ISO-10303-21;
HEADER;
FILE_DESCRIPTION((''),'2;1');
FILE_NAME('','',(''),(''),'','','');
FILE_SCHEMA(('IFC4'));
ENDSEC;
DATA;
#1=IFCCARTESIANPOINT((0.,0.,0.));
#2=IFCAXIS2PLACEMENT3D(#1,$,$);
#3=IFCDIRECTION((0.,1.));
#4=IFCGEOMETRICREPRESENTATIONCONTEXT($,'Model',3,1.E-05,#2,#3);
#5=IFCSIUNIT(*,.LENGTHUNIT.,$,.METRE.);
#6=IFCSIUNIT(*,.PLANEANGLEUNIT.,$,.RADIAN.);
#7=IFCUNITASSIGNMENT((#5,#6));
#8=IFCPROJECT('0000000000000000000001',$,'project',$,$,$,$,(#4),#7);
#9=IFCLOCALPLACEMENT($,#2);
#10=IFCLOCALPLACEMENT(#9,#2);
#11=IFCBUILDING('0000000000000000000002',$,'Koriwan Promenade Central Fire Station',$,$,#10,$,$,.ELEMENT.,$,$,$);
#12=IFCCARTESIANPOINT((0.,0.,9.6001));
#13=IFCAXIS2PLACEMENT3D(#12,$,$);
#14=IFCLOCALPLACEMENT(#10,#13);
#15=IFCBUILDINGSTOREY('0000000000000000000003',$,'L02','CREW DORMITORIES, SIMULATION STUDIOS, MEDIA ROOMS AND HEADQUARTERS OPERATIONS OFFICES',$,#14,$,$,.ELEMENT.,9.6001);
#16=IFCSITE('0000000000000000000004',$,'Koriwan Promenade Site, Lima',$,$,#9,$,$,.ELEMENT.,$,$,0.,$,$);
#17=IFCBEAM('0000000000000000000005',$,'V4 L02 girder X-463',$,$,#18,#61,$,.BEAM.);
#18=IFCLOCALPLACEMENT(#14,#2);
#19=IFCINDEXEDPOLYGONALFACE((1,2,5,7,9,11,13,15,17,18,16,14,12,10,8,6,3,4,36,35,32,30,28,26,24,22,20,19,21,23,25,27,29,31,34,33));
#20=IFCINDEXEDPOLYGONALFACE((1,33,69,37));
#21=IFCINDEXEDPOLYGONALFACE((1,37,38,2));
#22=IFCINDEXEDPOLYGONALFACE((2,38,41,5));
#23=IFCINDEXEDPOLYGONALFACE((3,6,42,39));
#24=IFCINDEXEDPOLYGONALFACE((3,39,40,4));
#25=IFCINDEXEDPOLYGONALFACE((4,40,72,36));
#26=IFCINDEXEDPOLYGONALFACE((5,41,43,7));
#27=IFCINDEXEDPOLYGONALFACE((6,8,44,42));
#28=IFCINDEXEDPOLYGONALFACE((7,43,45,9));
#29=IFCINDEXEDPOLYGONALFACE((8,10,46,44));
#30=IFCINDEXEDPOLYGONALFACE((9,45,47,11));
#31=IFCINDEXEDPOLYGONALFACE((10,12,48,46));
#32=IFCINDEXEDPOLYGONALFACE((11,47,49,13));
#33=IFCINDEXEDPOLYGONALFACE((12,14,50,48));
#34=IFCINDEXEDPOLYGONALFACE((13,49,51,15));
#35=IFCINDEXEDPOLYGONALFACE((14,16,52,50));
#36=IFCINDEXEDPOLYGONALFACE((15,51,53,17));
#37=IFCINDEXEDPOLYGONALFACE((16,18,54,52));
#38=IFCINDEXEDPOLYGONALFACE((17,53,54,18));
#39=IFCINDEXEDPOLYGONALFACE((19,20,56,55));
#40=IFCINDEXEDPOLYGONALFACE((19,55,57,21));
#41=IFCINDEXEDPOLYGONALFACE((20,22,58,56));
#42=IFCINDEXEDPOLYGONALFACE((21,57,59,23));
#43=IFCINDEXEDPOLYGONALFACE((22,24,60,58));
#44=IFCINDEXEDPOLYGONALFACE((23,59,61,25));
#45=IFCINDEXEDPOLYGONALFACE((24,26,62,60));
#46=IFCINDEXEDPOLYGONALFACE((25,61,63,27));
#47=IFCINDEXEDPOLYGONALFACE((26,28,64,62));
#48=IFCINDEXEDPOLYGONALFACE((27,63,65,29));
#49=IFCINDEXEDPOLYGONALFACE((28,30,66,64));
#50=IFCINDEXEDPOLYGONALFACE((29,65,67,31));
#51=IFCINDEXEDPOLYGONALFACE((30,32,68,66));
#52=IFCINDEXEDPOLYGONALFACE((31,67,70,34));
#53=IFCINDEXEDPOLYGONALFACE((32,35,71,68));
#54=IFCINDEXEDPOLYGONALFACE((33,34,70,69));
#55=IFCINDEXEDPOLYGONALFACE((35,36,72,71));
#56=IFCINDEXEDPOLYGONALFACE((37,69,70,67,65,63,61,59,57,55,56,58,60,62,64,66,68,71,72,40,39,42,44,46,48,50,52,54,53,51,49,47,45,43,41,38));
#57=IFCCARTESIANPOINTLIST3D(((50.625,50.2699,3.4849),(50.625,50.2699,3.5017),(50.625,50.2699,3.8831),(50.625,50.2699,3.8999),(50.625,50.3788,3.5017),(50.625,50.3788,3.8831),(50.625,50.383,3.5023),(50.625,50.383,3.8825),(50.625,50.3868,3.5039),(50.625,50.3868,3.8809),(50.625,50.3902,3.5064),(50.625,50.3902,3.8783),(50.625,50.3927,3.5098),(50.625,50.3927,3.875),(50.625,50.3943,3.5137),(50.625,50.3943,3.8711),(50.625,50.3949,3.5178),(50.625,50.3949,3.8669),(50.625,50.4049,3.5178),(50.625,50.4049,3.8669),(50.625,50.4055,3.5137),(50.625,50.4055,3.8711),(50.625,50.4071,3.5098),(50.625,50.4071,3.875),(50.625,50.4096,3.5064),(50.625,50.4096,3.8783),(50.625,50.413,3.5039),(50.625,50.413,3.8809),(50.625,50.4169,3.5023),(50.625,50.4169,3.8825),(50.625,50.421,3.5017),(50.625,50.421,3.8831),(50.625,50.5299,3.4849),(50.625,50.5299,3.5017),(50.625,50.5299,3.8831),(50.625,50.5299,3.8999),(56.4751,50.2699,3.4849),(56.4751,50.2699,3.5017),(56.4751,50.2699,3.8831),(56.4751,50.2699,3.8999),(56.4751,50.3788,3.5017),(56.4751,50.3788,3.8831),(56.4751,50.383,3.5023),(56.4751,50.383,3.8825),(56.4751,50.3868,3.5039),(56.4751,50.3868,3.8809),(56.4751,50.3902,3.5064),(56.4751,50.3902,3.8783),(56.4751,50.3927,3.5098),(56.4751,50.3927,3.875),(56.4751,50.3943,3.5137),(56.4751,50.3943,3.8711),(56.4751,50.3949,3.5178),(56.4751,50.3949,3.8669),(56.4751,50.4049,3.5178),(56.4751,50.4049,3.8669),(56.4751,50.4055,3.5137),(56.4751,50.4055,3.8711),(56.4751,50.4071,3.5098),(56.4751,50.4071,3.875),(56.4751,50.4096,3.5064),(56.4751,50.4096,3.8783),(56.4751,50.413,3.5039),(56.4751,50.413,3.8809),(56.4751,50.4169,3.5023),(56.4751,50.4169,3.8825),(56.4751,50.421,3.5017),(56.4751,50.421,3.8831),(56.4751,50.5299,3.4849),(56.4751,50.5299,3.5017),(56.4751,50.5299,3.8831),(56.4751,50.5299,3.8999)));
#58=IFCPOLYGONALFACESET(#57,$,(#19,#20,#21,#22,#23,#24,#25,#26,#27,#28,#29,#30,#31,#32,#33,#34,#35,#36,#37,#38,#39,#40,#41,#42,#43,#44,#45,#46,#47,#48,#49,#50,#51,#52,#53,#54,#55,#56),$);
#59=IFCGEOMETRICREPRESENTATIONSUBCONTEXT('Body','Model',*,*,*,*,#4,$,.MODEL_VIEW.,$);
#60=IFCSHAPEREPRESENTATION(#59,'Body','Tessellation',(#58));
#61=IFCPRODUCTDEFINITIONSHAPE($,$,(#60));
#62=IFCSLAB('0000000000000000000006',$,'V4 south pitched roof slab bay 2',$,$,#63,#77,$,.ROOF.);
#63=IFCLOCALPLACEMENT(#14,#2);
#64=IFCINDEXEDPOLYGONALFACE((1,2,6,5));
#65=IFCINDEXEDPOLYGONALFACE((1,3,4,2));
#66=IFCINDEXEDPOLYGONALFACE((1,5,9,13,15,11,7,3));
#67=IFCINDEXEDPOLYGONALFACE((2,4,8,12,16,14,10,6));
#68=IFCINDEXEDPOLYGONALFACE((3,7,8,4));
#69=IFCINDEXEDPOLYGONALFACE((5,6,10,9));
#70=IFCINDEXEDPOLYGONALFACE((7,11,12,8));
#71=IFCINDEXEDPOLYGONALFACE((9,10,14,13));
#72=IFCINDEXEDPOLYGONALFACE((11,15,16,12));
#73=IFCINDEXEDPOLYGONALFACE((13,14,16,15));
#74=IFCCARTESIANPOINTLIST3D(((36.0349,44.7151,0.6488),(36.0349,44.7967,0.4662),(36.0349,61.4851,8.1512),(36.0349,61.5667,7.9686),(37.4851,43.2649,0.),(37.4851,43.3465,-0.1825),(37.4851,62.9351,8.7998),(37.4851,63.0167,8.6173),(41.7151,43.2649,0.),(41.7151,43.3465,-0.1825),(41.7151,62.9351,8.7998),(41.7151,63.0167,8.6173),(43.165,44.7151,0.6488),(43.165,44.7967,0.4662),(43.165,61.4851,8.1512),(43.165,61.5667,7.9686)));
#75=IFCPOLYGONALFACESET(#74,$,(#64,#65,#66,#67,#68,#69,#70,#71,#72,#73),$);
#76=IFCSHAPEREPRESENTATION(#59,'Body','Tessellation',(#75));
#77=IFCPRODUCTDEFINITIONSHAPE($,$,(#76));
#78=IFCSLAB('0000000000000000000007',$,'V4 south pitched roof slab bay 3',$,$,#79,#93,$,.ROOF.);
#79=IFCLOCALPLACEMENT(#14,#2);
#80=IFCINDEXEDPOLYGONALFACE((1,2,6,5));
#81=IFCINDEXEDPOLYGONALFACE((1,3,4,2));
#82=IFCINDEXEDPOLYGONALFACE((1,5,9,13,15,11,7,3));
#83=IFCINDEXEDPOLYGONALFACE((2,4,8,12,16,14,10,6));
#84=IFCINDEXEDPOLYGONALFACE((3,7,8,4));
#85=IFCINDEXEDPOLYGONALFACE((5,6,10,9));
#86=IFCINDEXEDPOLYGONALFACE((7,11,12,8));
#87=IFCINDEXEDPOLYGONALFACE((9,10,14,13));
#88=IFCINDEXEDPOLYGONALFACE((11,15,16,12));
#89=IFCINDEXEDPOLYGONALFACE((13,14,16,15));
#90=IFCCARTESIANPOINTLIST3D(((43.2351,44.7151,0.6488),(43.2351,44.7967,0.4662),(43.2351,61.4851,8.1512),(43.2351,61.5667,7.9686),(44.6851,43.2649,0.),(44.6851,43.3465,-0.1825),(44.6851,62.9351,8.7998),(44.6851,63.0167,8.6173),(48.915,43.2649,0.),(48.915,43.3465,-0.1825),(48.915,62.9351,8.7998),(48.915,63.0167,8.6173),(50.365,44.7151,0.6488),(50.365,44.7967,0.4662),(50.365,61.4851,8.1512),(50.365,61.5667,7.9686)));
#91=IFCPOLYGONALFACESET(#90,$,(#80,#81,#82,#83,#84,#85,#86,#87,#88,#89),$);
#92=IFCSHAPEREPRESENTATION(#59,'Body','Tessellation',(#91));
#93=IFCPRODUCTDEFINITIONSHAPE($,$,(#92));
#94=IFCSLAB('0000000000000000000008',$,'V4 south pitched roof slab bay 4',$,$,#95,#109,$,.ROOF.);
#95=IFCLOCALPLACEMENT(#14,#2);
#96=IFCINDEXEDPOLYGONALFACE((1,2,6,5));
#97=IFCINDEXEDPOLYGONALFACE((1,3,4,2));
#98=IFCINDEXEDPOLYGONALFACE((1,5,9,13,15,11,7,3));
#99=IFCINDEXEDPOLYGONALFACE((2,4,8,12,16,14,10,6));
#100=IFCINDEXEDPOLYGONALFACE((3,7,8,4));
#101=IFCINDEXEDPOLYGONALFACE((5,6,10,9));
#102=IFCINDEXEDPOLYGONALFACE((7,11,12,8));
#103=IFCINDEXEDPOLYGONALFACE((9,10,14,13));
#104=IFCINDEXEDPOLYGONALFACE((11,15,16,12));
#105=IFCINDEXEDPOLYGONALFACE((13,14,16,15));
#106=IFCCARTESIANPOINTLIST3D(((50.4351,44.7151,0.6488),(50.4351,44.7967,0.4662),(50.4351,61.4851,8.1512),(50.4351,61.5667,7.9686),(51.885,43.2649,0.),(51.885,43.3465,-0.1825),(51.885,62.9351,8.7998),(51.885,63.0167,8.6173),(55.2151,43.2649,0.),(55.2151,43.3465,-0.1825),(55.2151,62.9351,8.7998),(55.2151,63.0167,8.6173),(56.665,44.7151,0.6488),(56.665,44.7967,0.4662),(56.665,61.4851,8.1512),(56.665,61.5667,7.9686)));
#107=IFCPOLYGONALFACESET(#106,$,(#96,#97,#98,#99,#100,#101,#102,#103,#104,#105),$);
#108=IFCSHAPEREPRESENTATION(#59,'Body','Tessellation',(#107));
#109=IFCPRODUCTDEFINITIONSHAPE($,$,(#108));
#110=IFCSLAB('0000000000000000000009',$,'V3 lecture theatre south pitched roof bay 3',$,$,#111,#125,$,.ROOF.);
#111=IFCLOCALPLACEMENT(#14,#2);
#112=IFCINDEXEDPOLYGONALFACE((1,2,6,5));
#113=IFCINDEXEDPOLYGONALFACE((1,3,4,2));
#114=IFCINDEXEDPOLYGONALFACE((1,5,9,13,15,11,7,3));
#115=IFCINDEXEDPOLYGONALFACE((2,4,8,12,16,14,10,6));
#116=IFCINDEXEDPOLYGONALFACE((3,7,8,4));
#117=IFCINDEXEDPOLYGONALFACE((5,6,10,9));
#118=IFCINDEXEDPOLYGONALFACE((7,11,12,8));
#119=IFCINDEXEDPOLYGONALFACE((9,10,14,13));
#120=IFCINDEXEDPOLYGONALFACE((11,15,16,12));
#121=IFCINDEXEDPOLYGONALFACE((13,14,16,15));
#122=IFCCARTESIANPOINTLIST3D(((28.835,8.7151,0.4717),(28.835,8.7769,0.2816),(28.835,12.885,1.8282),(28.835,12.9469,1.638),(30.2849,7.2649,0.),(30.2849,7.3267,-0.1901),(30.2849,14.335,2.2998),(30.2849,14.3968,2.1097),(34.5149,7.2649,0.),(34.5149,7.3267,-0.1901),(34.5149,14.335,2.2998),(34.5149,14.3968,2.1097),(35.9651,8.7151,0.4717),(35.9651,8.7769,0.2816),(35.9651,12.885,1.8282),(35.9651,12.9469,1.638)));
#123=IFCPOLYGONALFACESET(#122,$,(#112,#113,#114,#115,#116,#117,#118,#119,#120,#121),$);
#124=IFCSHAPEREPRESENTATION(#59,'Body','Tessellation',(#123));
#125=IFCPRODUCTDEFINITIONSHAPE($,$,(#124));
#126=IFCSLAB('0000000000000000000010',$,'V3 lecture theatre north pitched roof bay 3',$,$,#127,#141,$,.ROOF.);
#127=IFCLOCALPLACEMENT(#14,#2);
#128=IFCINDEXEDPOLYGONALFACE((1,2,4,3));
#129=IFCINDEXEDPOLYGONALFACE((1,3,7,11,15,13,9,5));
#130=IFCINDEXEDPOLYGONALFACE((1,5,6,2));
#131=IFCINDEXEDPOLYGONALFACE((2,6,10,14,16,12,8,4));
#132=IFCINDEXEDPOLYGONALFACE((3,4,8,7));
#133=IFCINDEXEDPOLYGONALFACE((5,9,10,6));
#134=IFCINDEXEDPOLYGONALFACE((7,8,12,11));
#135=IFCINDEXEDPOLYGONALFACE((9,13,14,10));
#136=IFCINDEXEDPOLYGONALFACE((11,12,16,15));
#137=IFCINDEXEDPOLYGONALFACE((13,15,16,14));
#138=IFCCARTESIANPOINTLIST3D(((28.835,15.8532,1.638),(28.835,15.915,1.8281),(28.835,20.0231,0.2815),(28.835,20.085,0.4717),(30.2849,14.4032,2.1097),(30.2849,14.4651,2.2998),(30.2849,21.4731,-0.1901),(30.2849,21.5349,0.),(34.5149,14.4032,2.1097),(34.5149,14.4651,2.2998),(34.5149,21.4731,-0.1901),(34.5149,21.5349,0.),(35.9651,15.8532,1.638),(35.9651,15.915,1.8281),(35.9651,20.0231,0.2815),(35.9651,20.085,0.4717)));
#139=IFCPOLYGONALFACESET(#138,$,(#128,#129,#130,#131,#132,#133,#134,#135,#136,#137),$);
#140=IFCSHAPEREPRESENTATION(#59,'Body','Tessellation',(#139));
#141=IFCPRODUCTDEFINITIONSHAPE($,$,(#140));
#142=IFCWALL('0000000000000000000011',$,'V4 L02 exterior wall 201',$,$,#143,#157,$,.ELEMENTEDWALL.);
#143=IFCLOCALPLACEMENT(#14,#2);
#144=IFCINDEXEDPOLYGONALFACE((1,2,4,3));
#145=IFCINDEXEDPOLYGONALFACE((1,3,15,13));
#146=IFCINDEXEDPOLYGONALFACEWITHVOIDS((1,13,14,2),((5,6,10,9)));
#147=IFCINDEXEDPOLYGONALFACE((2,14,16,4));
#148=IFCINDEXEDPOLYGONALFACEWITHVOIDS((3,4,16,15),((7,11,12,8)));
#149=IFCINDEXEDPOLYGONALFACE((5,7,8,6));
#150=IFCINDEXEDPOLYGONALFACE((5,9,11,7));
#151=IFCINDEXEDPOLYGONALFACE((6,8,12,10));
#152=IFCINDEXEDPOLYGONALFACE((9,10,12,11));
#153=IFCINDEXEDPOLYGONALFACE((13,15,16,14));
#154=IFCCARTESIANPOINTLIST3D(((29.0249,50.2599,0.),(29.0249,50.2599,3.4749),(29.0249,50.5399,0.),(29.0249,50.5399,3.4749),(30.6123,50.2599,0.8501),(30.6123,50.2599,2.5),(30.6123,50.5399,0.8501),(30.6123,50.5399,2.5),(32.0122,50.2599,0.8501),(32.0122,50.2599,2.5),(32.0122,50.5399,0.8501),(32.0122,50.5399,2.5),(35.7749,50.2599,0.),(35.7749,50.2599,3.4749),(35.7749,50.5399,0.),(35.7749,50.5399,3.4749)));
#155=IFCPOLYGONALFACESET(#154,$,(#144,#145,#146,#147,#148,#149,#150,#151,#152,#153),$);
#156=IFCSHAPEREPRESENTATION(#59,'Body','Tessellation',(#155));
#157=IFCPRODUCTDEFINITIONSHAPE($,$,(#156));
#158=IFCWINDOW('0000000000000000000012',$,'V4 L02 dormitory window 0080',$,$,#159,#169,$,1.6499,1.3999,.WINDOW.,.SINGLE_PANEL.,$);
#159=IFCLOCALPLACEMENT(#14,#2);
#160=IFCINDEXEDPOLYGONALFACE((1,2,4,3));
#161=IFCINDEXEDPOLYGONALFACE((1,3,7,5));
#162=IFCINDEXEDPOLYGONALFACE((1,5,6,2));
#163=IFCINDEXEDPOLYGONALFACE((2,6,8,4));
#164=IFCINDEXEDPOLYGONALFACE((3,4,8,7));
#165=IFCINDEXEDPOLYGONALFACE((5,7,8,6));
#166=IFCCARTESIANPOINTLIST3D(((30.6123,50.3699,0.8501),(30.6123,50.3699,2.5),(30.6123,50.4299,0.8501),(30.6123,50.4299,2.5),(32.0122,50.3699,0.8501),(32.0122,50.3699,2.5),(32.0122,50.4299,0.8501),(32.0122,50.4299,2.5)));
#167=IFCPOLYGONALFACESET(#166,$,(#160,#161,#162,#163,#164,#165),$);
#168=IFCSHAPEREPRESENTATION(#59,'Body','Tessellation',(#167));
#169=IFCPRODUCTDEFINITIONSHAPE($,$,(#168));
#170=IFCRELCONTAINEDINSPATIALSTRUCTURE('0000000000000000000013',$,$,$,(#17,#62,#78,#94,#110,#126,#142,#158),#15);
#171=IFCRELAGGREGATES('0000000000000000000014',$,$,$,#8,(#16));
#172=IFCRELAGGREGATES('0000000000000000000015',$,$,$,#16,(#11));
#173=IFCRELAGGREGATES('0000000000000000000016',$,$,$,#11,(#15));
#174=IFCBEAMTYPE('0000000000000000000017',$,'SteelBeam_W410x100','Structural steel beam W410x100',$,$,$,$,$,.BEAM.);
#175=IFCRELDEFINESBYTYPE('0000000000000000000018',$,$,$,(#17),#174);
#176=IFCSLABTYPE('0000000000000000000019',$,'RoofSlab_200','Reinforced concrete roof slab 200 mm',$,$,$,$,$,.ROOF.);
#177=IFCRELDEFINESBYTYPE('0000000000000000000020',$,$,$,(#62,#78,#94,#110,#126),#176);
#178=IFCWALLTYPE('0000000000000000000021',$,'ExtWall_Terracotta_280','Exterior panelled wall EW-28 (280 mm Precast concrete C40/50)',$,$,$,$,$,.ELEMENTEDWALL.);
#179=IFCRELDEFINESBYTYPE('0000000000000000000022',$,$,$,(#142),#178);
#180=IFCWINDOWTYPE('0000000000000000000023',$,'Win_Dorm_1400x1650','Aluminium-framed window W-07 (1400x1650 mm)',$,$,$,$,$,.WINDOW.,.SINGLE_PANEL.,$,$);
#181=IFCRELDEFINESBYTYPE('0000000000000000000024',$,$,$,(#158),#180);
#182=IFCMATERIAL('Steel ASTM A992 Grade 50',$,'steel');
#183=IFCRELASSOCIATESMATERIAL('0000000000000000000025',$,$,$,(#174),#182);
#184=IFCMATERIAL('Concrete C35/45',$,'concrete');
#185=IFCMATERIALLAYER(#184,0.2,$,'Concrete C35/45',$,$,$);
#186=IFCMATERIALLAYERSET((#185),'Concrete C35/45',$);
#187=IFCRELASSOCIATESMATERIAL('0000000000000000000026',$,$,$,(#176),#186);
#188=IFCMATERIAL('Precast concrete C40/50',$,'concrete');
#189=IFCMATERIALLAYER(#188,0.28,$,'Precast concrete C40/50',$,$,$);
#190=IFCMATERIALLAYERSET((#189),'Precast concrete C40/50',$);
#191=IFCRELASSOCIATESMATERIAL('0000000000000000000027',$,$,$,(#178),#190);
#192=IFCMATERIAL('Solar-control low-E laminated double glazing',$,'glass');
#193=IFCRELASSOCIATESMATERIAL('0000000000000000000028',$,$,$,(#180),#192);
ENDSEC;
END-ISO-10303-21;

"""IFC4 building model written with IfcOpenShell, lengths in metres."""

from ifc_helpers import new_model, si_unit, direction, frame, frame_2d, origin, origin_2d, place, context, subcontext, project, spatial, polyline, rectangle, i_section, outline, extrude, material, layer, layer_set, material_profile, profile_set, type_object, element, fill, save


model = new_model("IFC4")

# Units and contexts
model_context = context("Model", 3, precision=1e-05, world=origin(), true_north=direction((0.0, 1.0)))
body_context = subcontext(model_context, "Body", "Model", "MODEL_VIEW")
ifc_project = project(units=[si_unit("LENGTHUNIT", "METRE"), si_unit("PLANEANGLEUNIT", "RADIAN")], contexts=[model_context])

# Site, building, storey
site_placement = place(None, origin())
site = spatial("IfcSite", under=ifc_project, at=site_placement, Name="Koriwan Promenade Site, Lima", CompositionType="ELEMENT", RefElevation=0.0)
building_placement = place(site_placement, origin())
building = spatial("IfcBuilding", under=site, at=building_placement, Name="Koriwan Promenade Central Fire Station", CompositionType="ELEMENT")
storey_placement = place(building_placement, frame((0.0, 0.0, 9.6001)))
storey = spatial("IfcBuildingStorey", under=building, at=storey_placement, Name="L02", Description="CREW DORMITORIES, SIMULATION STUDIOS, MEDIA ROOMS AND HEADQUARTERS OPERATIONS OFFICES", CompositionType="ELEMENT", Elevation=9.6001)

# Shared definitions
ifc_material_1 = material(Name="Steel ASTM A992 Grade 50", Category="steel")

# Beam
ifc_material_profile_1 = material_profile(ifc_material_1, i_section(OverallWidth=0.26, OverallDepth=0.415, WebThickness=0.01, FlangeThickness=0.0168, FilletRadius=0.0161, at=origin_2d()), Name="W410x100")
ifc_profile_set_1 = profile_set([ifc_material_profile_1], Name="Steel ASTM A992 Grade 50")
beam_type = type_object("IfcBeamType", Name="SteelBeam_W410x100", Description="Structural steel beam W410x100", PredefinedType="BEAM", material=ifc_profile_set_1)
beam_placement = place(storey_placement, frame((50.625, 50.3999, 3.6924), z_axis=(1.0, 0.0, 0.0), x_axis=(0.0, 1.0, 0.0)))
element("IfcBeam", 1, at=beam_placement, inside=storey, type_object=beam_type, Name="V4 L02 girder X-463", PredefinedType="BEAM", context=body_context, shape_type="SweptSolid", body=[
    extrude(i_section(OverallWidth=0.26, OverallDepth=0.415, WebThickness=0.01, FlangeThickness=0.0168, FilletRadius=0.0161, at=origin_2d()), origin(), (0.0, 0.0, 1.0), 5.8501),
])

# Slabs
ifc_material_2 = material(Name="Concrete C35/45", Category="concrete")
ifc_layer_1 = layer(ifc_material_2, 0.2, Name="Concrete C35/45")
ifc_layer_set_1 = layer_set([ifc_layer_1], Name="Concrete C35/45")
slab_type = type_object("IfcSlabType", Name="RoofSlab_200", Description="Reinforced concrete roof slab 200 mm", PredefinedType="ROOF", material=ifc_layer_set_1)
slab_1_placement = place(storey_placement, frame((37.4851, 43.2649, 0.0), z_axis=(0.0, -0.408366, 0.912818), x_axis=(1.0, 0.0, 0.0)))
element("IfcSlab", 2, at=slab_1_placement, inside=storey, type_object=slab_type, Name="V4 south pitched roof slab bay 2", PredefinedType="ROOF", context=body_context, shape_type="SweptSolid", body=[
    extrude(outline(polyline([(0.0, 0.0), (4.23, 0.0), (5.6799, 1.5887), (5.6799, 19.9604), (4.23, 21.5488), (0.0, 21.5488), (-1.4502, 19.9604), (-1.4502, 1.5887), (0.0, 0.0)])), origin(), (0.0, 0.0, -1.0), 0.2),
])
slab_2_placement = place(storey_placement, frame((44.6851, 43.2649, 0.0), z_axis=(0.0, -0.408366, 0.912818), x_axis=(1.0, 0.0, 0.0)))
element("IfcSlab", 3, at=slab_2_placement, inside=storey, type_object=slab_type, Name="V4 south pitched roof slab bay 3", PredefinedType="ROOF", context=body_context, shape_type="SweptSolid", body=[
    extrude(outline(polyline([(0.0, 0.0), (4.23, 0.0), (5.6799, 1.5887), (5.6799, 19.9604), (4.23, 21.5488), (0.0, 21.5488), (-1.45, 19.9604), (-1.45, 1.5887), (0.0, 0.0)])), origin(), (0.0, 0.0, -1.0), 0.2),
])
slab_3_placement = place(storey_placement, frame((51.885, 43.2649, 0.0), z_axis=(0.0, -0.408366, 0.912818), x_axis=(1.0, 0.0, 0.0)))
element("IfcSlab", 4, at=slab_3_placement, inside=storey, type_object=slab_type, Name="V4 south pitched roof slab bay 4", PredefinedType="ROOF", context=body_context, shape_type="SweptSolid", body=[
    extrude(outline(polyline([(0.0, 0.0), (3.3301, 0.0), (4.78, 1.5887), (4.78, 19.9604), (3.3301, 21.5488), (0.0, 21.5488), (-1.45, 19.9604), (-1.45, 1.5887), (0.0, 0.0)])), origin(), (0.0, 0.0, -1.0), 0.2),
])
slab_4_placement = place(storey_placement, frame((30.2849, 7.2649, 0.0), z_axis=(0.0, -0.309334, 0.950953), x_axis=(1.0, 0.0, 0.0)))
element("IfcSlab", 5, at=slab_4_placement, inside=storey, type_object=slab_type, Name="V3 lecture theatre south pitched roof bay 3", PredefinedType="ROOF", context=body_context, shape_type="SweptSolid", body=[
    extrude(outline(polyline([(0.0, 0.0), (4.23, 0.0), (5.6802, 1.525), (5.6802, 5.91), (4.23, 7.4347), (0.0, 7.4347), (-1.45, 5.91), (-1.45, 1.525), (0.0, 0.0)])), origin(), (0.0, 0.0, -1.0), 0.2),
])
slab_5_placement = place(storey_placement, frame((30.2849, 14.4651, 2.2998), z_axis=(0.0, 0.309342, 0.950951), x_axis=(1.0, 0.0, 0.0)))
element("IfcSlab", 6, at=slab_5_placement, inside=storey, type_object=slab_type, Name="V3 lecture theatre north pitched roof bay 3", PredefinedType="ROOF", context=body_context, shape_type="SweptSolid", body=[
    extrude(outline(polyline([(0.0, 0.0), (4.23, 0.0), (5.6802, 1.5247), (5.6802, 5.9097), (4.23, 7.4345), (0.0, 7.4345), (-1.45, 5.9097), (-1.45, 1.5247), (0.0, 0.0)])), origin(), (0.0, 0.0, -1.0), 0.2),
])

# Wall, opening, window
ifc_material_3 = material(Name="Precast concrete C40/50", Category="concrete")
ifc_layer_2 = layer(ifc_material_3, 0.28, Name="Precast concrete C40/50")
ifc_layer_set_2 = layer_set([ifc_layer_2], Name="Precast concrete C40/50")
wall_type_1 = type_object("IfcWallType", Name="ExtWall_Terracotta_280", Description="Exterior panelled wall EW-28 (280 mm Precast concrete C40/50)", PredefinedType="ELEMENTEDWALL", material=ifc_layer_set_2)
wall_1_placement = place(storey_placement, frame((29.0249, 50.3999, 0.0), z_axis=(0.0, 0.0, 1.0), x_axis=(1.0, 0.0, 0.0)))
wall_1 = element("IfcWall", 7, at=wall_1_placement, inside=storey, type_object=wall_type_1, Name="V4 L02 exterior wall 201", PredefinedType="ELEMENTEDWALL", context=body_context, shape_type="SweptSolid", body=[
    extrude(rectangle(XDim=6.75, YDim=0.28, at=frame_2d((3.375, 0.0))), origin(), (0.0, 0.0, 1.0), 3.4749),
])
opening_1_placement = place(wall_1_placement, frame((1.5874, 0.0, 0.8501)))
opening_1 = element("IfcOpeningElement", 8, at=opening_1_placement, cuts=wall_1, PredefinedType="OPENING", context=body_context, shape_type="SweptSolid", body=[
    extrude(rectangle(XDim=1.3999, YDim=1.6499, at=frame_2d((0.7, 0.825))), frame((0.0, 0.1519, 0.0), z_axis=(0.0, -1.0, 0.0), x_axis=(1.0, 0.0, 0.0)), (0.0, 0.0, 1.0), 0.304),
])
ifc_material_4 = material(Name="Solar-control low-E laminated double glazing", Category="glass")
window_type = type_object("IfcWindowType", Name="Win_Dorm_1400x1650", Description="Aluminium-framed window W-07 (1400x1650 mm)", PartitioningType="SINGLE_PANEL", PredefinedType="WINDOW", material=ifc_material_4)
window_1_placement = place(opening_1_placement, origin())
window_1 = element("IfcWindow", 9, at=window_1_placement, inside=storey, type_object=window_type, Name="V4 L02 dormitory window 0080", OverallHeight=1.6499, OverallWidth=1.3999, PartitioningType="SINGLE_PANEL", PredefinedType="WINDOW", context=body_context, shape_type="SweptSolid", body=[
    extrude(rectangle(XDim=1.3999, YDim=1.6499, at=frame_2d((0.7, 0.825))), frame((0.0, 0.03, 0.0), z_axis=(0.0, -1.0, 0.0), x_axis=(1.0, 0.0, 0.0)), (0.0, 0.0, 1.0), 0.0601),
])
fill(opening_1, window_1)

save(model, "model.ifc")
